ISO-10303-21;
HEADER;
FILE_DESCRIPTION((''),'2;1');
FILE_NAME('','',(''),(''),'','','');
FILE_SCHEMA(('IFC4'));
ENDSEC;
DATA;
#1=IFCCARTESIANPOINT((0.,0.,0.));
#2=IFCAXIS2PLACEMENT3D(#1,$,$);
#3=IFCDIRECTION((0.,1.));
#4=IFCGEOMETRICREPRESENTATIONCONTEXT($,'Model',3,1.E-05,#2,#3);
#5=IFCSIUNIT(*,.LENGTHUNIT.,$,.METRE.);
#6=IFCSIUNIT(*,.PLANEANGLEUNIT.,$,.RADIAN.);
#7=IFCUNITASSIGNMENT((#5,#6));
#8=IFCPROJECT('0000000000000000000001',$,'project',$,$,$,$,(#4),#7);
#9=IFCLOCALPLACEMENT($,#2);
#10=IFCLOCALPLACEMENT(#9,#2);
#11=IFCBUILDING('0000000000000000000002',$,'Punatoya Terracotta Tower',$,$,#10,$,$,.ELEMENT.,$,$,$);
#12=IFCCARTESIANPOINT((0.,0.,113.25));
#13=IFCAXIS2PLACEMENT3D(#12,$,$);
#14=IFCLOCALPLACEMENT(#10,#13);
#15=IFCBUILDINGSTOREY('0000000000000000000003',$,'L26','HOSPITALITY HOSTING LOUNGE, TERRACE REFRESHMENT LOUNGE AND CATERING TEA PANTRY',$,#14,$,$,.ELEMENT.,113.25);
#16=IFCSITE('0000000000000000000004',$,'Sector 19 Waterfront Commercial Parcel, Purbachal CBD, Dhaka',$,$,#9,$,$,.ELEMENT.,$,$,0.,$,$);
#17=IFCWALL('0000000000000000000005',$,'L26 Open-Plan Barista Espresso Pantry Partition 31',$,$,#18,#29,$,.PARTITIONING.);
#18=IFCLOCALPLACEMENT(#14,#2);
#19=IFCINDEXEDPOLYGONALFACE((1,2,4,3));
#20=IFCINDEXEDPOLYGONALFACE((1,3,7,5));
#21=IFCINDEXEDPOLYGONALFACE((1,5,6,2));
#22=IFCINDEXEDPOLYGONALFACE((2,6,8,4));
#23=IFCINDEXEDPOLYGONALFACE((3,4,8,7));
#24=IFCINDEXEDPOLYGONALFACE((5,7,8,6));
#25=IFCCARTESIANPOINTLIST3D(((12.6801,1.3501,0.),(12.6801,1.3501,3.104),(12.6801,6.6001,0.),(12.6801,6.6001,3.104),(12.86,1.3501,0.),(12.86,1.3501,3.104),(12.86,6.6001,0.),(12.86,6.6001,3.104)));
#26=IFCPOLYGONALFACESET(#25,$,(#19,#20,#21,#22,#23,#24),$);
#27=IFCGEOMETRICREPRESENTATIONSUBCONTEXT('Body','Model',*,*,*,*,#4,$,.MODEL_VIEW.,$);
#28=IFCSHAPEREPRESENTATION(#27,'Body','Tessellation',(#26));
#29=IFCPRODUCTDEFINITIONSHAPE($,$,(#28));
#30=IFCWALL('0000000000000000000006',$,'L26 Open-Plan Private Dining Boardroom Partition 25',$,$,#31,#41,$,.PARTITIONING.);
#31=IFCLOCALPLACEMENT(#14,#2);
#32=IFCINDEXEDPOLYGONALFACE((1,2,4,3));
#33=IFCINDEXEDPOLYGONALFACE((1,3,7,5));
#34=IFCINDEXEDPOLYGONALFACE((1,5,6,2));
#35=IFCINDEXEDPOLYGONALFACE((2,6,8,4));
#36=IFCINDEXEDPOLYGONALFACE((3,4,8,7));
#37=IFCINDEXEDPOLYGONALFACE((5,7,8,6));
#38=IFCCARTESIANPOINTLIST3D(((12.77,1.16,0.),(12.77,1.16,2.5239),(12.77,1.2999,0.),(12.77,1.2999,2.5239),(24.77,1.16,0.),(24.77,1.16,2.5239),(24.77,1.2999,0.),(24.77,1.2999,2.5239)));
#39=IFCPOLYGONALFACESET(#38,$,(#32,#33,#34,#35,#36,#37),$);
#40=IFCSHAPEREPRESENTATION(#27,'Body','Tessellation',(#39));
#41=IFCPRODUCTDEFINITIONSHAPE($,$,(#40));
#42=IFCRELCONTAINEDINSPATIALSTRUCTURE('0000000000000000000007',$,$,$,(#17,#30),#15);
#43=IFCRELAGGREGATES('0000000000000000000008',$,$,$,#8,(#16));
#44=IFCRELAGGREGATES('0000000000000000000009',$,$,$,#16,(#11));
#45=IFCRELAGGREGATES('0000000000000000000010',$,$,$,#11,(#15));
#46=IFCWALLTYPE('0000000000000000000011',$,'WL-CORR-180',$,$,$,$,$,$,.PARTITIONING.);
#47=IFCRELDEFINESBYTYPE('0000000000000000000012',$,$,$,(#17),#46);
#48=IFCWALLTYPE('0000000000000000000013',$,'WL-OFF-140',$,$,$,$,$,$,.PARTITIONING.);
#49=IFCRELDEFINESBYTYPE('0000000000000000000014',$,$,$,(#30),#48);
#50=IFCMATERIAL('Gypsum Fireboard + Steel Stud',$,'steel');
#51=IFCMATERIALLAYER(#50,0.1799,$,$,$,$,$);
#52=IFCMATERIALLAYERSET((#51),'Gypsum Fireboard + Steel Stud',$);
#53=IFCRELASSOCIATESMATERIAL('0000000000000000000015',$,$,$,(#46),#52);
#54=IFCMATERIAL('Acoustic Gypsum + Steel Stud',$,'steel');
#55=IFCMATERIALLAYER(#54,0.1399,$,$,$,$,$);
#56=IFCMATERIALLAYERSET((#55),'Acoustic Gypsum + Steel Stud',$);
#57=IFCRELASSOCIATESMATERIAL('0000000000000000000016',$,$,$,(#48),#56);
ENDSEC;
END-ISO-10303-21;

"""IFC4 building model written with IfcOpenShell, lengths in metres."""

from ifc_helpers import new_model, si_unit, direction, frame, frame_2d, origin, place, context, subcontext, project, spatial, rectangle, extrude, material, layer, layer_set, type_object, element, save


model = new_model("IFC4")

# Units and contexts
model_context = context("Model", 3, precision=1e-05, world=origin(), true_north=direction((0.0, 1.0)))
body_context = subcontext(model_context, "Body", "Model", "MODEL_VIEW")
ifc_project = project(units=[si_unit("LENGTHUNIT", "METRE"), si_unit("PLANEANGLEUNIT", "RADIAN")], contexts=[model_context])

# Site, building, storey
site_placement = place(None, origin())
site = spatial("IfcSite", under=ifc_project, at=site_placement, Name="Sector 19 Waterfront Commercial Parcel, Purbachal CBD, Dhaka", CompositionType="ELEMENT", RefElevation=0.0)
building_placement = place(site_placement, origin())
building = spatial("IfcBuilding", under=site, at=building_placement, Name="Punatoya Terracotta Tower", CompositionType="ELEMENT")
storey_placement = place(building_placement, frame((0.0, 0.0, 113.25)))
storey = spatial("IfcBuildingStorey", under=building, at=storey_placement, Name="L26", Description="HOSPITALITY HOSTING LOUNGE, TERRACE REFRESHMENT LOUNGE AND CATERING TEA PANTRY", CompositionType="ELEMENT", Elevation=113.25)

# Shared definitions
ifc_material_1 = material(Name="Gypsum Fireboard + Steel Stud", Category="steel")
ifc_layer_1 = layer(ifc_material_1, 0.1799)
ifc_layer_set_1 = layer_set([ifc_layer_1], Name="Gypsum Fireboard + Steel Stud")
wall_type_1 = type_object("IfcWallType", Name="WL-CORR-180", PredefinedType="PARTITIONING", material=ifc_layer_set_1)

# Walls
wall_1_placement = place(storey_placement, frame((12.77, 1.3501, 0.0), z_axis=(0.0, 0.0, 1.0), x_axis=(0.0, 1.0, 0.0)))
element("IfcWall", 1, at=wall_1_placement, inside=storey, type_object=wall_type_1, Name="L26 Open-Plan Barista Espresso Pantry Partition 31", PredefinedType="PARTITIONING", context=body_context, shape_type="SweptSolid", body=[
    extrude(rectangle(XDim=5.25, YDim=0.1799, at=frame_2d((2.625, 0.0))), origin(), (0.0, 0.0, 1.0), 3.104),
])
ifc_material_2 = material(Name="Acoustic Gypsum + Steel Stud", Category="steel")
ifc_layer_2 = layer(ifc_material_2, 0.1399)
ifc_layer_set_2 = layer_set([ifc_layer_2], Name="Acoustic Gypsum + Steel Stud")
wall_type_2 = type_object("IfcWallType", Name="WL-OFF-140", PredefinedType="PARTITIONING", material=ifc_layer_set_2)
wall_2_placement = place(storey_placement, frame((12.77, 1.23, 0.0), z_axis=(0.0, 0.0, 1.0), x_axis=(1.0, 0.0, 0.0)))
element("IfcWall", 2, at=wall_2_placement, inside=storey, type_object=wall_type_2, Name="L26 Open-Plan Private Dining Boardroom Partition 25", PredefinedType="PARTITIONING", context=body_context, shape_type="SweptSolid", body=[
    extrude(rectangle(XDim=12.0, YDim=0.1399, at=frame_2d((6.0, 0.0))), origin(), (0.0, 0.0, 1.0), 2.5239),
])

save(model, "model.ifc")
